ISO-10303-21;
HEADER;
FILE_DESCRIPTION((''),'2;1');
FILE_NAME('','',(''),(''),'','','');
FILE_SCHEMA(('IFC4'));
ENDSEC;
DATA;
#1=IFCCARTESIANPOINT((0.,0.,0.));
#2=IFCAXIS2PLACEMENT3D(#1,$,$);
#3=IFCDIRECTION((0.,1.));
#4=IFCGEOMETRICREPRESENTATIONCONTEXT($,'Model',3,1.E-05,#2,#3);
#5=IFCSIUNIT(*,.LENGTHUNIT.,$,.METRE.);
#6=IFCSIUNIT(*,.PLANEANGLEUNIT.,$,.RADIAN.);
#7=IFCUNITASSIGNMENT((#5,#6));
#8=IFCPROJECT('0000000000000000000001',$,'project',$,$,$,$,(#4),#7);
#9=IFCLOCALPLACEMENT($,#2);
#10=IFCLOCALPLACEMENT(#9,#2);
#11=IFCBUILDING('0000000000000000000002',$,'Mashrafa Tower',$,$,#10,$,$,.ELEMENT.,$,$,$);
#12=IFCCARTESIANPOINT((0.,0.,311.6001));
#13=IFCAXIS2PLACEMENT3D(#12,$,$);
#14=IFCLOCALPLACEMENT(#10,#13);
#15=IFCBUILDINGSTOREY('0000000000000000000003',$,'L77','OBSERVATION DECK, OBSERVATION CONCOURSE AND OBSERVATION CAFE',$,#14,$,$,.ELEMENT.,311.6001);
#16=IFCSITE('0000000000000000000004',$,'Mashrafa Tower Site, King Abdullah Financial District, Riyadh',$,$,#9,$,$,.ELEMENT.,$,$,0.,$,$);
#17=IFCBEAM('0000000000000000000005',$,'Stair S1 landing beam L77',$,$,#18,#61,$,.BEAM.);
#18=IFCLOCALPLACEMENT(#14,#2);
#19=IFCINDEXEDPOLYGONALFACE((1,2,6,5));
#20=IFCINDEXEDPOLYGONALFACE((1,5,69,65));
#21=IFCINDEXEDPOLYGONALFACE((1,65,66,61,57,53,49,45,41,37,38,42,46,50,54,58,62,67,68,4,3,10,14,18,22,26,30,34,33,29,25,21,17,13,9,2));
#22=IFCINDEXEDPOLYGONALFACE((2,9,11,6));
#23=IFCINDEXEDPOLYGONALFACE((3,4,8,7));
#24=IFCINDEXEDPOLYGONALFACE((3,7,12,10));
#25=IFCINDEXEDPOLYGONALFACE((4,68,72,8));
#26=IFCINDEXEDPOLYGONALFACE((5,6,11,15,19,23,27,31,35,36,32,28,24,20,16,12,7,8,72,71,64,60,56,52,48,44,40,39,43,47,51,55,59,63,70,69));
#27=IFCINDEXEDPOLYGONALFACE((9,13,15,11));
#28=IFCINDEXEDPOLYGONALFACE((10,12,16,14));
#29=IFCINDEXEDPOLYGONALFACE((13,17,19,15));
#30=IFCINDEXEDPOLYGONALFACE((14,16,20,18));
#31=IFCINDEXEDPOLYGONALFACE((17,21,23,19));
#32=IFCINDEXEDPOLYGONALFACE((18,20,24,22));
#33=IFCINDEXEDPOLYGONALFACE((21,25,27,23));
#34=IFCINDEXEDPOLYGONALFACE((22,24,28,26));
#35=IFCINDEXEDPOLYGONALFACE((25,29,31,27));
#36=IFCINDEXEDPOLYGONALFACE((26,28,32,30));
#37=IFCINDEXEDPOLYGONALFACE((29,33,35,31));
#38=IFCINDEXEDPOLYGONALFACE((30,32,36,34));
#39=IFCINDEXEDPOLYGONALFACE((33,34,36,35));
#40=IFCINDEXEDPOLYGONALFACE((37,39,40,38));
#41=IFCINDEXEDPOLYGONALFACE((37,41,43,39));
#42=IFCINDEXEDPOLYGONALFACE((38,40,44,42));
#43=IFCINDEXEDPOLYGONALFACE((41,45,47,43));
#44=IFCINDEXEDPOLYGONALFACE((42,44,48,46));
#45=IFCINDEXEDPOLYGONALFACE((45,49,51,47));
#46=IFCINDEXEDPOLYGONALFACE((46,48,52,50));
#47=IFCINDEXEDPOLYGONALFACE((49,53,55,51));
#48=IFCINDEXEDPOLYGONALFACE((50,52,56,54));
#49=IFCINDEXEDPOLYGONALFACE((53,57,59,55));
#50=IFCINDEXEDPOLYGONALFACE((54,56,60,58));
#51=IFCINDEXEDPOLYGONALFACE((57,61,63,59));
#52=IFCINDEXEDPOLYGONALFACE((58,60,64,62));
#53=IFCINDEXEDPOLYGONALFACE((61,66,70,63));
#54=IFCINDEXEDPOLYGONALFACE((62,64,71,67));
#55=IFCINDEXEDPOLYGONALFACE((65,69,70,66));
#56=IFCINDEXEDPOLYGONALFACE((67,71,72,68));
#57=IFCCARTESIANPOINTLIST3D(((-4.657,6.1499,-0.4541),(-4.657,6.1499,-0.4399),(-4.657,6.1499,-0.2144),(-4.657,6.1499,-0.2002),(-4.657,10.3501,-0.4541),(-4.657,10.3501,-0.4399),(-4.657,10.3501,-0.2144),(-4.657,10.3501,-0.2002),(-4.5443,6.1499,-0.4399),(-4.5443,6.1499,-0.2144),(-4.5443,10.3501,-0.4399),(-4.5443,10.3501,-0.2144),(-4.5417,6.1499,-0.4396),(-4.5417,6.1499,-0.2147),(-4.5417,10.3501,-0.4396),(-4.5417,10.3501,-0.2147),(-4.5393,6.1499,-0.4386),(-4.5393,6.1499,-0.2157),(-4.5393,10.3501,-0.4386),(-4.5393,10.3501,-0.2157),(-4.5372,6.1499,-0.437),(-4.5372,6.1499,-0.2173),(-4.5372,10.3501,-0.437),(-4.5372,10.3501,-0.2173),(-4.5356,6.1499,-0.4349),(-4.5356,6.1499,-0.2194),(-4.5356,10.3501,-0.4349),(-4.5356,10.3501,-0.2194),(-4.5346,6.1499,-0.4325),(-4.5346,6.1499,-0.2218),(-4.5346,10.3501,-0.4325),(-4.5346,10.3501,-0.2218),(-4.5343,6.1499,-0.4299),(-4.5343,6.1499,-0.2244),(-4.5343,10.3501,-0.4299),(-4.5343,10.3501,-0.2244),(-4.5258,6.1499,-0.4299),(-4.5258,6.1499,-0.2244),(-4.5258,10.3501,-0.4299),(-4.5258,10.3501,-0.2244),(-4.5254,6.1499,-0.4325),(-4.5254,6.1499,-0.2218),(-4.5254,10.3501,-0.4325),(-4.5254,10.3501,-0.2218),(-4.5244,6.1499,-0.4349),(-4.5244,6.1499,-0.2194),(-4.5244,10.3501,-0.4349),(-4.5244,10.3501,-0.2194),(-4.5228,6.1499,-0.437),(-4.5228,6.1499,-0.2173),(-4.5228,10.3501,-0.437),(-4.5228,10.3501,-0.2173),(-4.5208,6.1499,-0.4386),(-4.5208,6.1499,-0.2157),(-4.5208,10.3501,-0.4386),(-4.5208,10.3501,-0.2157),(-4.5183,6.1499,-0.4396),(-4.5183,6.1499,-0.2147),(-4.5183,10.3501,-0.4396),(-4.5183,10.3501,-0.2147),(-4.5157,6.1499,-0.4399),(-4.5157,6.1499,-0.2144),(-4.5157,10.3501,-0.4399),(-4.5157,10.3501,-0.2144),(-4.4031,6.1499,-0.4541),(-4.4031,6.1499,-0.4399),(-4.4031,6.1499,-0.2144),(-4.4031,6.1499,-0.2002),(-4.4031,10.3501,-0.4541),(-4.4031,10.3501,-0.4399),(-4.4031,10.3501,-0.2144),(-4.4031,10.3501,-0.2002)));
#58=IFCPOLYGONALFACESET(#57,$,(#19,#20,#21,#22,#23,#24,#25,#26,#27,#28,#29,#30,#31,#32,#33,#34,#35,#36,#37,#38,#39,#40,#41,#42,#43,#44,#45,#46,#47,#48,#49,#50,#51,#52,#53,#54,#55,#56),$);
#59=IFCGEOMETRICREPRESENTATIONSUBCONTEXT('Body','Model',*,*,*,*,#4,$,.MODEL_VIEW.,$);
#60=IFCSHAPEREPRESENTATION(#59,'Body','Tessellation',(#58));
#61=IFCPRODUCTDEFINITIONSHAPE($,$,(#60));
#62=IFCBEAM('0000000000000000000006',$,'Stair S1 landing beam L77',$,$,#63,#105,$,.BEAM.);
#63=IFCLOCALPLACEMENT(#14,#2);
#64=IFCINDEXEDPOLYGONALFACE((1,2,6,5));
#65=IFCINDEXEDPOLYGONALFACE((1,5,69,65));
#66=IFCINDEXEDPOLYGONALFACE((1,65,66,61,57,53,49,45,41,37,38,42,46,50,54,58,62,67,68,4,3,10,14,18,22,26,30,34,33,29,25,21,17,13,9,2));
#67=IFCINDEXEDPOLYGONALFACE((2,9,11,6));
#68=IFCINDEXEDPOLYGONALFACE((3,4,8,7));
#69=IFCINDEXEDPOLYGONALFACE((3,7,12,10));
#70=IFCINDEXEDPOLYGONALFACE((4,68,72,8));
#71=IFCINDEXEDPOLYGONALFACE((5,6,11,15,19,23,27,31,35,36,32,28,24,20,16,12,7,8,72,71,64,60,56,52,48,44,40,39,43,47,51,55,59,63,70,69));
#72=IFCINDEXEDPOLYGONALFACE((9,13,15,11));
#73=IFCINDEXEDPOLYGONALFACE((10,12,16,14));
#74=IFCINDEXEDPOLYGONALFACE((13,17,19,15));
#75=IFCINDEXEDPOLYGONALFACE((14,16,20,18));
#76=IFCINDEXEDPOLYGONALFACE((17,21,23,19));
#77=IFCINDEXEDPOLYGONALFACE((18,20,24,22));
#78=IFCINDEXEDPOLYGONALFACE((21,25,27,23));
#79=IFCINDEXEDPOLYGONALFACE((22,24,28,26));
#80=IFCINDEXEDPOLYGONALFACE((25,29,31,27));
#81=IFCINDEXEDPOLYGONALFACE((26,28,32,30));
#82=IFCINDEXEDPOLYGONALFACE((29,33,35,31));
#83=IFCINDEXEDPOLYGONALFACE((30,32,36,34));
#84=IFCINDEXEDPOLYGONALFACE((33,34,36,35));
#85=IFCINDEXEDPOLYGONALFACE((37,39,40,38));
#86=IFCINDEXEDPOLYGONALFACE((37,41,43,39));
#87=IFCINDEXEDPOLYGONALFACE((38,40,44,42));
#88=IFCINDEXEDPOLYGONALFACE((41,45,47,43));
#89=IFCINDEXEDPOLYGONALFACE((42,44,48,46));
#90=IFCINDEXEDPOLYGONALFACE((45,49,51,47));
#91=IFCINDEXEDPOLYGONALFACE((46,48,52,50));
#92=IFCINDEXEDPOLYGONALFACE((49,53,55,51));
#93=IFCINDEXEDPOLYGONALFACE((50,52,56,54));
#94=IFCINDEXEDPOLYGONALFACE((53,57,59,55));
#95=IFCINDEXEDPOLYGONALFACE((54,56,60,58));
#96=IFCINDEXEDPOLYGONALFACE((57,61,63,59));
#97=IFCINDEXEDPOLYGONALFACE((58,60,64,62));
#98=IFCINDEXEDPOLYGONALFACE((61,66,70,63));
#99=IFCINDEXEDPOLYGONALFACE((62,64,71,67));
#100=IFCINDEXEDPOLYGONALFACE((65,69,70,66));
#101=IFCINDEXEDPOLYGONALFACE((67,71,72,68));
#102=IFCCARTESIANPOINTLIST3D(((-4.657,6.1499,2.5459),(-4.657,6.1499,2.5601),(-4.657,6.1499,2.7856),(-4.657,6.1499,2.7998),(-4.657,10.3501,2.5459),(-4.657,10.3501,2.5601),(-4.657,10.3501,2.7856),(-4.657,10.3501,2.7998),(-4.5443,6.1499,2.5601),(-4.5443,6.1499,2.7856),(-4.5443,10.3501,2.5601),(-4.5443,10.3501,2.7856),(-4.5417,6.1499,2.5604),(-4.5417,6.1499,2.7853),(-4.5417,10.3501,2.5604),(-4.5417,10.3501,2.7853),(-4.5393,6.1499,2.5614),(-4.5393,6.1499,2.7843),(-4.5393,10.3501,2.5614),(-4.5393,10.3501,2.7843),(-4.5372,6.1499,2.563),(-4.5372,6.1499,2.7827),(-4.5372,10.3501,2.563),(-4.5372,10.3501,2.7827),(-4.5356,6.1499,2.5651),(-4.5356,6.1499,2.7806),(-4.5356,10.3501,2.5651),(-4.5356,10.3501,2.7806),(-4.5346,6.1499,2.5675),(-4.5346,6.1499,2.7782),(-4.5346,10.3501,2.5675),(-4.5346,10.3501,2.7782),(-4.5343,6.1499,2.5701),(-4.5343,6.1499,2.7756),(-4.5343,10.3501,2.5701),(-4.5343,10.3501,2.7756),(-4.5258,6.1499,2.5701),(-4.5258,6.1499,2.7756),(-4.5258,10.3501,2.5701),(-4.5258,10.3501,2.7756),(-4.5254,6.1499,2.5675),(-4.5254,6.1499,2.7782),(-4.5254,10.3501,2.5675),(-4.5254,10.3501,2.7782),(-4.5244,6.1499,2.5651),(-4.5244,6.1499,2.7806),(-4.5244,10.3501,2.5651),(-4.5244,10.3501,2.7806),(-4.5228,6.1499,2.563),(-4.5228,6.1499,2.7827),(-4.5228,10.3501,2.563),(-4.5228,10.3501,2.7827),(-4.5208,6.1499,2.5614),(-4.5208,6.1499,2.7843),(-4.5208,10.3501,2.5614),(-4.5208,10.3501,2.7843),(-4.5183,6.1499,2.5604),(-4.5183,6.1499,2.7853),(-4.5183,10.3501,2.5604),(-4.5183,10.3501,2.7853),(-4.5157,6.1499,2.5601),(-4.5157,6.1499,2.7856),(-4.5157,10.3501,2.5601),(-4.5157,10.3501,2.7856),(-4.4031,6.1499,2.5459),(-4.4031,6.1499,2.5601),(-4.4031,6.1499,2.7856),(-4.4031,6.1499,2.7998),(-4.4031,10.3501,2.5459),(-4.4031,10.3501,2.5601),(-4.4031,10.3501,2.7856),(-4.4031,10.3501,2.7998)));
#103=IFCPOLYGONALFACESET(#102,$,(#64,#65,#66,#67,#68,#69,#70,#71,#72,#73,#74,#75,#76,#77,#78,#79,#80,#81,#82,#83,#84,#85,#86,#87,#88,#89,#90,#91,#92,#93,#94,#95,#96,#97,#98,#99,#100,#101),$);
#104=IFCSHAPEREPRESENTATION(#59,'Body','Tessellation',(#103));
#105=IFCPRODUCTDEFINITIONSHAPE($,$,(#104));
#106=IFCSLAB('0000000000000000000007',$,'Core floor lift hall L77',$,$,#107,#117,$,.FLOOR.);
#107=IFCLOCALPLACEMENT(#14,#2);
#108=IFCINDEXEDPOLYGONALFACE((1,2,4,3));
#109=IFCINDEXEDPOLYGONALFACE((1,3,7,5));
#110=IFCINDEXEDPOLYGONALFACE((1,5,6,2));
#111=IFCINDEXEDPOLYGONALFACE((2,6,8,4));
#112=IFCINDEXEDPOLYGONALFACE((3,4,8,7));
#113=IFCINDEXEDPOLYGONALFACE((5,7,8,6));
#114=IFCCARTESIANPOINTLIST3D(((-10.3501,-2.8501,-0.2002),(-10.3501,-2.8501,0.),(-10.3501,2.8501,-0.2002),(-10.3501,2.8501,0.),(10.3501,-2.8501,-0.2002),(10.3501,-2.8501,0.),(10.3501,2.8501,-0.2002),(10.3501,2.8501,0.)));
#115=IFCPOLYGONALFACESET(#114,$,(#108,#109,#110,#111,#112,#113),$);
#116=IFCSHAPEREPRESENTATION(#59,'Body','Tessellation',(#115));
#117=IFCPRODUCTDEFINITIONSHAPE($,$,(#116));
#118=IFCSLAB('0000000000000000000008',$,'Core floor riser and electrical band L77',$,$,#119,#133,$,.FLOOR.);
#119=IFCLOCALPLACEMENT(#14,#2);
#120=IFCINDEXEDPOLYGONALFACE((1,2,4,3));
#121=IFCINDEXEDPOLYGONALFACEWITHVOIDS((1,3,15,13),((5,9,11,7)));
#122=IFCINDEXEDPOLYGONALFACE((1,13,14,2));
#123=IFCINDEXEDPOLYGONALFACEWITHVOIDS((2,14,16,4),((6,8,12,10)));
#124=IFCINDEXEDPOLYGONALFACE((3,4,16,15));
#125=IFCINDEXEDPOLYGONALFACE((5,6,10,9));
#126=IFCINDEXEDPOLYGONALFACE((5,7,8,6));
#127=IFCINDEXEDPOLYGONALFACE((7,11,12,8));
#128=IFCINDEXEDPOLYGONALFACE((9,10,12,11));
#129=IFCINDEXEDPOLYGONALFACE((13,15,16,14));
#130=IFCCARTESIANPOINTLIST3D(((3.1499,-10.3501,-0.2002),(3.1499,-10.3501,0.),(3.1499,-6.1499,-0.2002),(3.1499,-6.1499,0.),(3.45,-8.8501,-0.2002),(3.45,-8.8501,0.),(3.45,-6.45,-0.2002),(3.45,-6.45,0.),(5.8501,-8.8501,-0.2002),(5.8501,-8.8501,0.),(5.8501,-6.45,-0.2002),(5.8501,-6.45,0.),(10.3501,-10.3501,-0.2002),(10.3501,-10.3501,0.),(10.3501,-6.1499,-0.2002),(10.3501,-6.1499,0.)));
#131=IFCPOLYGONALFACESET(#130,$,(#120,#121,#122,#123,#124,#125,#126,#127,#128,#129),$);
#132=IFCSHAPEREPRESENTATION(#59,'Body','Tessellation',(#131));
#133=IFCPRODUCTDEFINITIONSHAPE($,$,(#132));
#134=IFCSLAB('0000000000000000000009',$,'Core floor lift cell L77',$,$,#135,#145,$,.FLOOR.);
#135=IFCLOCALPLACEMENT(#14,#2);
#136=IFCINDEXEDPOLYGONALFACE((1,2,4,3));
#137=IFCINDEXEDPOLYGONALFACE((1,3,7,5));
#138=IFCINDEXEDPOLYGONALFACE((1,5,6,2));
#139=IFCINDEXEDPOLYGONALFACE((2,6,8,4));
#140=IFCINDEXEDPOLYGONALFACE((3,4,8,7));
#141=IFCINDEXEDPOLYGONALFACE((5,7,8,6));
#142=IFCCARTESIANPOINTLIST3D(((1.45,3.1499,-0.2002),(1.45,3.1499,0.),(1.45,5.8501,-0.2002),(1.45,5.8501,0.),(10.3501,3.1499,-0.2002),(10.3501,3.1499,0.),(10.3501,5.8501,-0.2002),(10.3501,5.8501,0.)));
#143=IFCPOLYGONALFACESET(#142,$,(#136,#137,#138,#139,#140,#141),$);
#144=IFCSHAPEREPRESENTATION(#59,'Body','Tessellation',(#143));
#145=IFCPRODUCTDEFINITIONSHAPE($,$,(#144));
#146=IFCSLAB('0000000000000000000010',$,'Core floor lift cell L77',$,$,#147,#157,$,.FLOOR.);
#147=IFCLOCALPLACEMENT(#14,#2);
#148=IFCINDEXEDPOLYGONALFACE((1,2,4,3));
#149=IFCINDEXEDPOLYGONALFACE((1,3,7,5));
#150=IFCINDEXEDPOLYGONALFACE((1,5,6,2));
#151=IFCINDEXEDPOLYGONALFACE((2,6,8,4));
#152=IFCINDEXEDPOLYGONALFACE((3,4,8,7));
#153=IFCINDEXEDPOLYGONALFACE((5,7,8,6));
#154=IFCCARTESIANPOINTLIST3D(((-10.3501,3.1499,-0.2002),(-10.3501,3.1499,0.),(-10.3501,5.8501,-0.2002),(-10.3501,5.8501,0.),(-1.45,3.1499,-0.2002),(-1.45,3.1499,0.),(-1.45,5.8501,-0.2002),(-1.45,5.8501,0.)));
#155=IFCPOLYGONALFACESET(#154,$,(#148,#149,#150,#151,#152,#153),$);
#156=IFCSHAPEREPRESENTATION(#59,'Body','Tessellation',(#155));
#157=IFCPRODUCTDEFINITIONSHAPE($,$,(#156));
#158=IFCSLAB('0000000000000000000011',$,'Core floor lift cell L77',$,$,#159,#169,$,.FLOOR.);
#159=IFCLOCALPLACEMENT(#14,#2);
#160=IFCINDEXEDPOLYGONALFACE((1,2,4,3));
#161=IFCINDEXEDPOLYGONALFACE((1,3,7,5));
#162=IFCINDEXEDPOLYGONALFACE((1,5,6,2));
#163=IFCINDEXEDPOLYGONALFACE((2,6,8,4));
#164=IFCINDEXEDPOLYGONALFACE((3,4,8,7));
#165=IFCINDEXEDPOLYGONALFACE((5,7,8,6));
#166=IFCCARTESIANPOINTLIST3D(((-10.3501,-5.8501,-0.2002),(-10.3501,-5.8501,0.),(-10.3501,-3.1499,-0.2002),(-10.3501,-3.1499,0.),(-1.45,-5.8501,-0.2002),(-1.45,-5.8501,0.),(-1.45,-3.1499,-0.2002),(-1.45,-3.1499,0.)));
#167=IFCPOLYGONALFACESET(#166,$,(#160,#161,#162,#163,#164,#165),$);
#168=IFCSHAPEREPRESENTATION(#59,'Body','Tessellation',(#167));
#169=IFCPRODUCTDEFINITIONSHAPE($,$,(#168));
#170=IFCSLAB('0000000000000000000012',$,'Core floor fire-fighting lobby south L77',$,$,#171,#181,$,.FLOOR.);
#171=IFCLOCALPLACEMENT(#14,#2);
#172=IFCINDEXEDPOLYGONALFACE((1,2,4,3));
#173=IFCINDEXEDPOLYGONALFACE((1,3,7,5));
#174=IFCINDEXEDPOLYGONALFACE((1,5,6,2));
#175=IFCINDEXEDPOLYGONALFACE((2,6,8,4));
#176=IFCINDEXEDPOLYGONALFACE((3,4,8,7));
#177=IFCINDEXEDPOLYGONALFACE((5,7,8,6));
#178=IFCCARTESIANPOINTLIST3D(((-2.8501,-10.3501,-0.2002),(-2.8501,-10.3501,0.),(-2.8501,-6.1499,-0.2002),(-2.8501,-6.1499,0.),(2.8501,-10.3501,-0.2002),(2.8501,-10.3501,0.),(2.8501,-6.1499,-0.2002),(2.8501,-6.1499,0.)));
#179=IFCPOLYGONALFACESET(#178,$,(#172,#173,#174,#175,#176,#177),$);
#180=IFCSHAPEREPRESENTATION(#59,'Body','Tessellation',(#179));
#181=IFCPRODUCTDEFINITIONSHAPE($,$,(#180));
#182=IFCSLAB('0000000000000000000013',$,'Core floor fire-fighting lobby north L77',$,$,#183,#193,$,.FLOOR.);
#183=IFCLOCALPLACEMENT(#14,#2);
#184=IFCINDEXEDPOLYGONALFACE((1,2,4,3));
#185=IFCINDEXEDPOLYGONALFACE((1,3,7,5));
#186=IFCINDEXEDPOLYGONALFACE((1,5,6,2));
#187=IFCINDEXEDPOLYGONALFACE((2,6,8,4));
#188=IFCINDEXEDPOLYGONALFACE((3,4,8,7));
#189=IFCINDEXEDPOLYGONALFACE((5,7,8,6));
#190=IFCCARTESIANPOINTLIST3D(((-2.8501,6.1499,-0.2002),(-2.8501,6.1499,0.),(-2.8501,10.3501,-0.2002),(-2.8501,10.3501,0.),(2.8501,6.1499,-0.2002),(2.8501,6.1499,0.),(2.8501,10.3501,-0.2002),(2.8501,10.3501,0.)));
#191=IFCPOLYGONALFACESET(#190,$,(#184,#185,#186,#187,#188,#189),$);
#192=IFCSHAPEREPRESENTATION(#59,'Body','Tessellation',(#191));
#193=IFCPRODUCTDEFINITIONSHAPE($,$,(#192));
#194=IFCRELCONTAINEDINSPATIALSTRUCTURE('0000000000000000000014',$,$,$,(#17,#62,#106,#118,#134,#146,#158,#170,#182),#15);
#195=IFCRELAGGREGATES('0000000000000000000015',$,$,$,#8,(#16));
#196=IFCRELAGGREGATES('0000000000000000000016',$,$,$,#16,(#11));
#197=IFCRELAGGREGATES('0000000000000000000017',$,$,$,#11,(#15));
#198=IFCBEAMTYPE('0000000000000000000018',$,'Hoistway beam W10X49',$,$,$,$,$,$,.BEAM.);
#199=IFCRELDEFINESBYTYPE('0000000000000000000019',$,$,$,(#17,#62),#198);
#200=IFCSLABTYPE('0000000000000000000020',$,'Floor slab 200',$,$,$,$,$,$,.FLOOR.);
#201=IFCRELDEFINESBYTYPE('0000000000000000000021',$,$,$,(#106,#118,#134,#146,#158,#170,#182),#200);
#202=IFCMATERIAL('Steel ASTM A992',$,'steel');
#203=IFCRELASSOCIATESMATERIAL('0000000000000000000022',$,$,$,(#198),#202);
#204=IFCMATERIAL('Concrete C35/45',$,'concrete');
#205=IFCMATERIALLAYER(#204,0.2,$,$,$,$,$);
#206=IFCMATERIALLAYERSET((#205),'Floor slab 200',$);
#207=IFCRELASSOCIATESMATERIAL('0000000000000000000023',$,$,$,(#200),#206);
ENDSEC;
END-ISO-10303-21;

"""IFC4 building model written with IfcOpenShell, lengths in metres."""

from ifc_helpers import new_model, si_unit, direction, frame, origin, origin_2d, place, context, subcontext, project, spatial, polyline, i_section, outline, extrude, material, layer, layer_set, material_profile, profile_set, type_object, element, save


model = new_model("IFC4")

# Units and contexts
model_context = context("Model", 3, precision=1e-05, world=origin(), true_north=direction((0.0, 1.0)))
body_context = subcontext(model_context, "Body", "Model", "MODEL_VIEW")
ifc_project = project(units=[si_unit("LENGTHUNIT", "METRE"), si_unit("PLANEANGLEUNIT", "RADIAN")], contexts=[model_context])

# Site, building, storey
site_placement = place(None, origin())
site = spatial("IfcSite", under=ifc_project, at=site_placement, Name="Mashrafa Tower Site, King Abdullah Financial District, Riyadh", CompositionType="ELEMENT", RefElevation=0.0)
building_placement = place(site_placement, origin())
building = spatial("IfcBuilding", under=site, at=building_placement, Name="Mashrafa Tower", CompositionType="ELEMENT")
storey_placement = place(building_placement, frame((0.0, 0.0, 311.6001)))
storey = spatial("IfcBuildingStorey", under=building, at=storey_placement, Name="L77", Description="OBSERVATION DECK, OBSERVATION CONCOURSE AND OBSERVATION CAFE", CompositionType="ELEMENT", Elevation=311.6001)

# Beams
ifc_material_1 = material(Name="Steel ASTM A992", Category="steel")
ifc_material_profile = material_profile(ifc_material_1, i_section(OverallWidth=0.2539, OverallDepth=0.2539, WebThickness=0.0085, FlangeThickness=0.0142, FilletRadius=0.01, at=origin_2d()), Name="W10X49")
ifc_profile_set = profile_set([ifc_material_profile], Name="Steel ASTM A992")
beam_type = type_object("IfcBeamType", Name="Hoistway beam W10X49", PredefinedType="BEAM", material=ifc_profile_set)
for number, where, z_axis, x_axis, name in (
    (1, (-4.53, 6.1499, -0.3271), (0.0, 1.0, 0.0), (-1.0, 0.0, 0.0), "Stair S1 landing beam L77"),
    (2, (-4.53, 6.1499, 2.6729), (0.0, 1.0, 0.0), (-1.0, 0.0, 0.0), "Stair S1 landing beam L77"),
):
    element("IfcBeam", number, at=place(storey_placement, frame(where, z_axis=z_axis, x_axis=x_axis)), inside=storey, type_object=beam_type, Name=name, PredefinedType="BEAM", context=body_context, shape_type="SweptSolid", body=[
        extrude(i_section(OverallWidth=0.2539, OverallDepth=0.2539, WebThickness=0.0085, FlangeThickness=0.0142, FilletRadius=0.01, at=origin_2d()), origin(), (0.0, 0.0, 1.0), 4.2002),
    ])

# Slabs
ifc_material_2 = material(Name="Concrete C35/45", Category="concrete")
ifc_layer_1 = layer(ifc_material_2, 0.2)
ifc_layer_set_1 = layer_set([ifc_layer_1], Name="Floor slab 200")
slab_type = type_object("IfcSlabType", Name="Floor slab 200", PredefinedType="FLOOR", material=ifc_layer_set_1)
slab_1_placement = place(storey_placement, frame((0.0, 0.0, -0.2002)))
element("IfcSlab", 3, at=slab_1_placement, inside=storey, type_object=slab_type, Name="Core floor lift hall L77", PredefinedType="FLOOR", context=body_context, shape_type="SweptSolid", body=[
    extrude(outline(polyline([(-10.3501, 2.8501), (10.3501, 2.8501), (10.3501, -2.8501), (-10.3501, -2.8501), (-10.3501, 2.8501)])), origin(), (0.0, 0.0, 1.0), 0.2002),
])
slab_2_placement = place(storey_placement, frame((0.0, 0.0, -0.2002)))
element("IfcSlab", 4, at=slab_2_placement, inside=storey, type_object=slab_type, Name="Core floor riser and electrical band L77", PredefinedType="FLOOR", context=body_context, shape_type="SweptSolid", body=[
    extrude(outline(polyline([(10.3501, -6.1499), (10.3501, -10.3501), (3.1499, -10.3501), (3.1499, -6.1499), (10.3501, -6.1499)]), holes=[polyline([(3.45, -8.8501), (5.8501, -8.8501), (5.8501, -6.45), (3.45, -6.45), (3.45, -8.8501)])]), origin(), (0.0, 0.0, 1.0), 0.2002),
])
slab_3_placement = place(storey_placement, frame((0.0, 0.0, -0.2002)))
element("IfcSlab", 5, at=slab_3_placement, inside=storey, type_object=slab_type, Name="Core floor lift cell L77", PredefinedType="FLOOR", context=body_context, shape_type="SweptSolid", body=[
    extrude(outline(polyline([(10.3501, 5.8501), (10.3501, 3.1499), (1.45, 3.1499), (1.45, 5.8501), (10.3501, 5.8501)])), origin(), (0.0, 0.0, 1.0), 0.2002),
])
slab_4_placement = place(storey_placement, frame((0.0, 0.0, -0.2002)))
element("IfcSlab", 6, at=slab_4_placement, inside=storey, type_object=slab_type, Name="Core floor lift cell L77", PredefinedType="FLOOR", context=body_context, shape_type="SweptSolid", body=[
    extrude(outline(polyline([(-1.45, 3.1499), (-10.3501, 3.1499), (-10.3501, 5.8501), (-1.45, 5.8501), (-1.45, 3.1499)])), origin(), (0.0, 0.0, 1.0), 0.2002),
])
slab_5_placement = place(storey_placement, frame((0.0, 0.0, -0.2002)))
element("IfcSlab", 7, at=slab_5_placement, inside=storey, type_object=slab_type, Name="Core floor lift cell L77", PredefinedType="FLOOR", context=body_context, shape_type="SweptSolid", body=[
    extrude(outline(polyline([(-1.45, -3.1499), (-1.45, -5.8501), (-10.3501, -5.8501), (-10.3501, -3.1499), (-1.45, -3.1499)])), origin(), (0.0, 0.0, 1.0), 0.2002),
])
slab_6_placement = place(storey_placement, frame((0.0, 0.0, -0.2002)))
element("IfcSlab", 8, at=slab_6_placement, inside=storey, type_object=slab_type, Name="Core floor fire-fighting lobby south L77", PredefinedType="FLOOR", context=body_context, shape_type="SweptSolid", body=[
    extrude(outline(polyline([(2.8501, -6.1499), (2.8501, -10.3501), (-2.8501, -10.3501), (-2.8501, -6.1499), (2.8501, -6.1499)])), origin(), (0.0, 0.0, 1.0), 0.2002),
])
slab_7_placement = place(storey_placement, frame((0.0, 0.0, -0.2002)))
element("IfcSlab", 9, at=slab_7_placement, inside=storey, type_object=slab_type, Name="Core floor fire-fighting lobby north L77", PredefinedType="FLOOR", context=body_context, shape_type="SweptSolid", body=[
    extrude(outline(polyline([(-2.8501, 10.3501), (2.8501, 10.3501), (2.8501, 6.1499), (-2.8501, 6.1499), (-2.8501, 10.3501)])), origin(), (0.0, 0.0, 1.0), 0.2002),
])

save(model, "model.ifc")
